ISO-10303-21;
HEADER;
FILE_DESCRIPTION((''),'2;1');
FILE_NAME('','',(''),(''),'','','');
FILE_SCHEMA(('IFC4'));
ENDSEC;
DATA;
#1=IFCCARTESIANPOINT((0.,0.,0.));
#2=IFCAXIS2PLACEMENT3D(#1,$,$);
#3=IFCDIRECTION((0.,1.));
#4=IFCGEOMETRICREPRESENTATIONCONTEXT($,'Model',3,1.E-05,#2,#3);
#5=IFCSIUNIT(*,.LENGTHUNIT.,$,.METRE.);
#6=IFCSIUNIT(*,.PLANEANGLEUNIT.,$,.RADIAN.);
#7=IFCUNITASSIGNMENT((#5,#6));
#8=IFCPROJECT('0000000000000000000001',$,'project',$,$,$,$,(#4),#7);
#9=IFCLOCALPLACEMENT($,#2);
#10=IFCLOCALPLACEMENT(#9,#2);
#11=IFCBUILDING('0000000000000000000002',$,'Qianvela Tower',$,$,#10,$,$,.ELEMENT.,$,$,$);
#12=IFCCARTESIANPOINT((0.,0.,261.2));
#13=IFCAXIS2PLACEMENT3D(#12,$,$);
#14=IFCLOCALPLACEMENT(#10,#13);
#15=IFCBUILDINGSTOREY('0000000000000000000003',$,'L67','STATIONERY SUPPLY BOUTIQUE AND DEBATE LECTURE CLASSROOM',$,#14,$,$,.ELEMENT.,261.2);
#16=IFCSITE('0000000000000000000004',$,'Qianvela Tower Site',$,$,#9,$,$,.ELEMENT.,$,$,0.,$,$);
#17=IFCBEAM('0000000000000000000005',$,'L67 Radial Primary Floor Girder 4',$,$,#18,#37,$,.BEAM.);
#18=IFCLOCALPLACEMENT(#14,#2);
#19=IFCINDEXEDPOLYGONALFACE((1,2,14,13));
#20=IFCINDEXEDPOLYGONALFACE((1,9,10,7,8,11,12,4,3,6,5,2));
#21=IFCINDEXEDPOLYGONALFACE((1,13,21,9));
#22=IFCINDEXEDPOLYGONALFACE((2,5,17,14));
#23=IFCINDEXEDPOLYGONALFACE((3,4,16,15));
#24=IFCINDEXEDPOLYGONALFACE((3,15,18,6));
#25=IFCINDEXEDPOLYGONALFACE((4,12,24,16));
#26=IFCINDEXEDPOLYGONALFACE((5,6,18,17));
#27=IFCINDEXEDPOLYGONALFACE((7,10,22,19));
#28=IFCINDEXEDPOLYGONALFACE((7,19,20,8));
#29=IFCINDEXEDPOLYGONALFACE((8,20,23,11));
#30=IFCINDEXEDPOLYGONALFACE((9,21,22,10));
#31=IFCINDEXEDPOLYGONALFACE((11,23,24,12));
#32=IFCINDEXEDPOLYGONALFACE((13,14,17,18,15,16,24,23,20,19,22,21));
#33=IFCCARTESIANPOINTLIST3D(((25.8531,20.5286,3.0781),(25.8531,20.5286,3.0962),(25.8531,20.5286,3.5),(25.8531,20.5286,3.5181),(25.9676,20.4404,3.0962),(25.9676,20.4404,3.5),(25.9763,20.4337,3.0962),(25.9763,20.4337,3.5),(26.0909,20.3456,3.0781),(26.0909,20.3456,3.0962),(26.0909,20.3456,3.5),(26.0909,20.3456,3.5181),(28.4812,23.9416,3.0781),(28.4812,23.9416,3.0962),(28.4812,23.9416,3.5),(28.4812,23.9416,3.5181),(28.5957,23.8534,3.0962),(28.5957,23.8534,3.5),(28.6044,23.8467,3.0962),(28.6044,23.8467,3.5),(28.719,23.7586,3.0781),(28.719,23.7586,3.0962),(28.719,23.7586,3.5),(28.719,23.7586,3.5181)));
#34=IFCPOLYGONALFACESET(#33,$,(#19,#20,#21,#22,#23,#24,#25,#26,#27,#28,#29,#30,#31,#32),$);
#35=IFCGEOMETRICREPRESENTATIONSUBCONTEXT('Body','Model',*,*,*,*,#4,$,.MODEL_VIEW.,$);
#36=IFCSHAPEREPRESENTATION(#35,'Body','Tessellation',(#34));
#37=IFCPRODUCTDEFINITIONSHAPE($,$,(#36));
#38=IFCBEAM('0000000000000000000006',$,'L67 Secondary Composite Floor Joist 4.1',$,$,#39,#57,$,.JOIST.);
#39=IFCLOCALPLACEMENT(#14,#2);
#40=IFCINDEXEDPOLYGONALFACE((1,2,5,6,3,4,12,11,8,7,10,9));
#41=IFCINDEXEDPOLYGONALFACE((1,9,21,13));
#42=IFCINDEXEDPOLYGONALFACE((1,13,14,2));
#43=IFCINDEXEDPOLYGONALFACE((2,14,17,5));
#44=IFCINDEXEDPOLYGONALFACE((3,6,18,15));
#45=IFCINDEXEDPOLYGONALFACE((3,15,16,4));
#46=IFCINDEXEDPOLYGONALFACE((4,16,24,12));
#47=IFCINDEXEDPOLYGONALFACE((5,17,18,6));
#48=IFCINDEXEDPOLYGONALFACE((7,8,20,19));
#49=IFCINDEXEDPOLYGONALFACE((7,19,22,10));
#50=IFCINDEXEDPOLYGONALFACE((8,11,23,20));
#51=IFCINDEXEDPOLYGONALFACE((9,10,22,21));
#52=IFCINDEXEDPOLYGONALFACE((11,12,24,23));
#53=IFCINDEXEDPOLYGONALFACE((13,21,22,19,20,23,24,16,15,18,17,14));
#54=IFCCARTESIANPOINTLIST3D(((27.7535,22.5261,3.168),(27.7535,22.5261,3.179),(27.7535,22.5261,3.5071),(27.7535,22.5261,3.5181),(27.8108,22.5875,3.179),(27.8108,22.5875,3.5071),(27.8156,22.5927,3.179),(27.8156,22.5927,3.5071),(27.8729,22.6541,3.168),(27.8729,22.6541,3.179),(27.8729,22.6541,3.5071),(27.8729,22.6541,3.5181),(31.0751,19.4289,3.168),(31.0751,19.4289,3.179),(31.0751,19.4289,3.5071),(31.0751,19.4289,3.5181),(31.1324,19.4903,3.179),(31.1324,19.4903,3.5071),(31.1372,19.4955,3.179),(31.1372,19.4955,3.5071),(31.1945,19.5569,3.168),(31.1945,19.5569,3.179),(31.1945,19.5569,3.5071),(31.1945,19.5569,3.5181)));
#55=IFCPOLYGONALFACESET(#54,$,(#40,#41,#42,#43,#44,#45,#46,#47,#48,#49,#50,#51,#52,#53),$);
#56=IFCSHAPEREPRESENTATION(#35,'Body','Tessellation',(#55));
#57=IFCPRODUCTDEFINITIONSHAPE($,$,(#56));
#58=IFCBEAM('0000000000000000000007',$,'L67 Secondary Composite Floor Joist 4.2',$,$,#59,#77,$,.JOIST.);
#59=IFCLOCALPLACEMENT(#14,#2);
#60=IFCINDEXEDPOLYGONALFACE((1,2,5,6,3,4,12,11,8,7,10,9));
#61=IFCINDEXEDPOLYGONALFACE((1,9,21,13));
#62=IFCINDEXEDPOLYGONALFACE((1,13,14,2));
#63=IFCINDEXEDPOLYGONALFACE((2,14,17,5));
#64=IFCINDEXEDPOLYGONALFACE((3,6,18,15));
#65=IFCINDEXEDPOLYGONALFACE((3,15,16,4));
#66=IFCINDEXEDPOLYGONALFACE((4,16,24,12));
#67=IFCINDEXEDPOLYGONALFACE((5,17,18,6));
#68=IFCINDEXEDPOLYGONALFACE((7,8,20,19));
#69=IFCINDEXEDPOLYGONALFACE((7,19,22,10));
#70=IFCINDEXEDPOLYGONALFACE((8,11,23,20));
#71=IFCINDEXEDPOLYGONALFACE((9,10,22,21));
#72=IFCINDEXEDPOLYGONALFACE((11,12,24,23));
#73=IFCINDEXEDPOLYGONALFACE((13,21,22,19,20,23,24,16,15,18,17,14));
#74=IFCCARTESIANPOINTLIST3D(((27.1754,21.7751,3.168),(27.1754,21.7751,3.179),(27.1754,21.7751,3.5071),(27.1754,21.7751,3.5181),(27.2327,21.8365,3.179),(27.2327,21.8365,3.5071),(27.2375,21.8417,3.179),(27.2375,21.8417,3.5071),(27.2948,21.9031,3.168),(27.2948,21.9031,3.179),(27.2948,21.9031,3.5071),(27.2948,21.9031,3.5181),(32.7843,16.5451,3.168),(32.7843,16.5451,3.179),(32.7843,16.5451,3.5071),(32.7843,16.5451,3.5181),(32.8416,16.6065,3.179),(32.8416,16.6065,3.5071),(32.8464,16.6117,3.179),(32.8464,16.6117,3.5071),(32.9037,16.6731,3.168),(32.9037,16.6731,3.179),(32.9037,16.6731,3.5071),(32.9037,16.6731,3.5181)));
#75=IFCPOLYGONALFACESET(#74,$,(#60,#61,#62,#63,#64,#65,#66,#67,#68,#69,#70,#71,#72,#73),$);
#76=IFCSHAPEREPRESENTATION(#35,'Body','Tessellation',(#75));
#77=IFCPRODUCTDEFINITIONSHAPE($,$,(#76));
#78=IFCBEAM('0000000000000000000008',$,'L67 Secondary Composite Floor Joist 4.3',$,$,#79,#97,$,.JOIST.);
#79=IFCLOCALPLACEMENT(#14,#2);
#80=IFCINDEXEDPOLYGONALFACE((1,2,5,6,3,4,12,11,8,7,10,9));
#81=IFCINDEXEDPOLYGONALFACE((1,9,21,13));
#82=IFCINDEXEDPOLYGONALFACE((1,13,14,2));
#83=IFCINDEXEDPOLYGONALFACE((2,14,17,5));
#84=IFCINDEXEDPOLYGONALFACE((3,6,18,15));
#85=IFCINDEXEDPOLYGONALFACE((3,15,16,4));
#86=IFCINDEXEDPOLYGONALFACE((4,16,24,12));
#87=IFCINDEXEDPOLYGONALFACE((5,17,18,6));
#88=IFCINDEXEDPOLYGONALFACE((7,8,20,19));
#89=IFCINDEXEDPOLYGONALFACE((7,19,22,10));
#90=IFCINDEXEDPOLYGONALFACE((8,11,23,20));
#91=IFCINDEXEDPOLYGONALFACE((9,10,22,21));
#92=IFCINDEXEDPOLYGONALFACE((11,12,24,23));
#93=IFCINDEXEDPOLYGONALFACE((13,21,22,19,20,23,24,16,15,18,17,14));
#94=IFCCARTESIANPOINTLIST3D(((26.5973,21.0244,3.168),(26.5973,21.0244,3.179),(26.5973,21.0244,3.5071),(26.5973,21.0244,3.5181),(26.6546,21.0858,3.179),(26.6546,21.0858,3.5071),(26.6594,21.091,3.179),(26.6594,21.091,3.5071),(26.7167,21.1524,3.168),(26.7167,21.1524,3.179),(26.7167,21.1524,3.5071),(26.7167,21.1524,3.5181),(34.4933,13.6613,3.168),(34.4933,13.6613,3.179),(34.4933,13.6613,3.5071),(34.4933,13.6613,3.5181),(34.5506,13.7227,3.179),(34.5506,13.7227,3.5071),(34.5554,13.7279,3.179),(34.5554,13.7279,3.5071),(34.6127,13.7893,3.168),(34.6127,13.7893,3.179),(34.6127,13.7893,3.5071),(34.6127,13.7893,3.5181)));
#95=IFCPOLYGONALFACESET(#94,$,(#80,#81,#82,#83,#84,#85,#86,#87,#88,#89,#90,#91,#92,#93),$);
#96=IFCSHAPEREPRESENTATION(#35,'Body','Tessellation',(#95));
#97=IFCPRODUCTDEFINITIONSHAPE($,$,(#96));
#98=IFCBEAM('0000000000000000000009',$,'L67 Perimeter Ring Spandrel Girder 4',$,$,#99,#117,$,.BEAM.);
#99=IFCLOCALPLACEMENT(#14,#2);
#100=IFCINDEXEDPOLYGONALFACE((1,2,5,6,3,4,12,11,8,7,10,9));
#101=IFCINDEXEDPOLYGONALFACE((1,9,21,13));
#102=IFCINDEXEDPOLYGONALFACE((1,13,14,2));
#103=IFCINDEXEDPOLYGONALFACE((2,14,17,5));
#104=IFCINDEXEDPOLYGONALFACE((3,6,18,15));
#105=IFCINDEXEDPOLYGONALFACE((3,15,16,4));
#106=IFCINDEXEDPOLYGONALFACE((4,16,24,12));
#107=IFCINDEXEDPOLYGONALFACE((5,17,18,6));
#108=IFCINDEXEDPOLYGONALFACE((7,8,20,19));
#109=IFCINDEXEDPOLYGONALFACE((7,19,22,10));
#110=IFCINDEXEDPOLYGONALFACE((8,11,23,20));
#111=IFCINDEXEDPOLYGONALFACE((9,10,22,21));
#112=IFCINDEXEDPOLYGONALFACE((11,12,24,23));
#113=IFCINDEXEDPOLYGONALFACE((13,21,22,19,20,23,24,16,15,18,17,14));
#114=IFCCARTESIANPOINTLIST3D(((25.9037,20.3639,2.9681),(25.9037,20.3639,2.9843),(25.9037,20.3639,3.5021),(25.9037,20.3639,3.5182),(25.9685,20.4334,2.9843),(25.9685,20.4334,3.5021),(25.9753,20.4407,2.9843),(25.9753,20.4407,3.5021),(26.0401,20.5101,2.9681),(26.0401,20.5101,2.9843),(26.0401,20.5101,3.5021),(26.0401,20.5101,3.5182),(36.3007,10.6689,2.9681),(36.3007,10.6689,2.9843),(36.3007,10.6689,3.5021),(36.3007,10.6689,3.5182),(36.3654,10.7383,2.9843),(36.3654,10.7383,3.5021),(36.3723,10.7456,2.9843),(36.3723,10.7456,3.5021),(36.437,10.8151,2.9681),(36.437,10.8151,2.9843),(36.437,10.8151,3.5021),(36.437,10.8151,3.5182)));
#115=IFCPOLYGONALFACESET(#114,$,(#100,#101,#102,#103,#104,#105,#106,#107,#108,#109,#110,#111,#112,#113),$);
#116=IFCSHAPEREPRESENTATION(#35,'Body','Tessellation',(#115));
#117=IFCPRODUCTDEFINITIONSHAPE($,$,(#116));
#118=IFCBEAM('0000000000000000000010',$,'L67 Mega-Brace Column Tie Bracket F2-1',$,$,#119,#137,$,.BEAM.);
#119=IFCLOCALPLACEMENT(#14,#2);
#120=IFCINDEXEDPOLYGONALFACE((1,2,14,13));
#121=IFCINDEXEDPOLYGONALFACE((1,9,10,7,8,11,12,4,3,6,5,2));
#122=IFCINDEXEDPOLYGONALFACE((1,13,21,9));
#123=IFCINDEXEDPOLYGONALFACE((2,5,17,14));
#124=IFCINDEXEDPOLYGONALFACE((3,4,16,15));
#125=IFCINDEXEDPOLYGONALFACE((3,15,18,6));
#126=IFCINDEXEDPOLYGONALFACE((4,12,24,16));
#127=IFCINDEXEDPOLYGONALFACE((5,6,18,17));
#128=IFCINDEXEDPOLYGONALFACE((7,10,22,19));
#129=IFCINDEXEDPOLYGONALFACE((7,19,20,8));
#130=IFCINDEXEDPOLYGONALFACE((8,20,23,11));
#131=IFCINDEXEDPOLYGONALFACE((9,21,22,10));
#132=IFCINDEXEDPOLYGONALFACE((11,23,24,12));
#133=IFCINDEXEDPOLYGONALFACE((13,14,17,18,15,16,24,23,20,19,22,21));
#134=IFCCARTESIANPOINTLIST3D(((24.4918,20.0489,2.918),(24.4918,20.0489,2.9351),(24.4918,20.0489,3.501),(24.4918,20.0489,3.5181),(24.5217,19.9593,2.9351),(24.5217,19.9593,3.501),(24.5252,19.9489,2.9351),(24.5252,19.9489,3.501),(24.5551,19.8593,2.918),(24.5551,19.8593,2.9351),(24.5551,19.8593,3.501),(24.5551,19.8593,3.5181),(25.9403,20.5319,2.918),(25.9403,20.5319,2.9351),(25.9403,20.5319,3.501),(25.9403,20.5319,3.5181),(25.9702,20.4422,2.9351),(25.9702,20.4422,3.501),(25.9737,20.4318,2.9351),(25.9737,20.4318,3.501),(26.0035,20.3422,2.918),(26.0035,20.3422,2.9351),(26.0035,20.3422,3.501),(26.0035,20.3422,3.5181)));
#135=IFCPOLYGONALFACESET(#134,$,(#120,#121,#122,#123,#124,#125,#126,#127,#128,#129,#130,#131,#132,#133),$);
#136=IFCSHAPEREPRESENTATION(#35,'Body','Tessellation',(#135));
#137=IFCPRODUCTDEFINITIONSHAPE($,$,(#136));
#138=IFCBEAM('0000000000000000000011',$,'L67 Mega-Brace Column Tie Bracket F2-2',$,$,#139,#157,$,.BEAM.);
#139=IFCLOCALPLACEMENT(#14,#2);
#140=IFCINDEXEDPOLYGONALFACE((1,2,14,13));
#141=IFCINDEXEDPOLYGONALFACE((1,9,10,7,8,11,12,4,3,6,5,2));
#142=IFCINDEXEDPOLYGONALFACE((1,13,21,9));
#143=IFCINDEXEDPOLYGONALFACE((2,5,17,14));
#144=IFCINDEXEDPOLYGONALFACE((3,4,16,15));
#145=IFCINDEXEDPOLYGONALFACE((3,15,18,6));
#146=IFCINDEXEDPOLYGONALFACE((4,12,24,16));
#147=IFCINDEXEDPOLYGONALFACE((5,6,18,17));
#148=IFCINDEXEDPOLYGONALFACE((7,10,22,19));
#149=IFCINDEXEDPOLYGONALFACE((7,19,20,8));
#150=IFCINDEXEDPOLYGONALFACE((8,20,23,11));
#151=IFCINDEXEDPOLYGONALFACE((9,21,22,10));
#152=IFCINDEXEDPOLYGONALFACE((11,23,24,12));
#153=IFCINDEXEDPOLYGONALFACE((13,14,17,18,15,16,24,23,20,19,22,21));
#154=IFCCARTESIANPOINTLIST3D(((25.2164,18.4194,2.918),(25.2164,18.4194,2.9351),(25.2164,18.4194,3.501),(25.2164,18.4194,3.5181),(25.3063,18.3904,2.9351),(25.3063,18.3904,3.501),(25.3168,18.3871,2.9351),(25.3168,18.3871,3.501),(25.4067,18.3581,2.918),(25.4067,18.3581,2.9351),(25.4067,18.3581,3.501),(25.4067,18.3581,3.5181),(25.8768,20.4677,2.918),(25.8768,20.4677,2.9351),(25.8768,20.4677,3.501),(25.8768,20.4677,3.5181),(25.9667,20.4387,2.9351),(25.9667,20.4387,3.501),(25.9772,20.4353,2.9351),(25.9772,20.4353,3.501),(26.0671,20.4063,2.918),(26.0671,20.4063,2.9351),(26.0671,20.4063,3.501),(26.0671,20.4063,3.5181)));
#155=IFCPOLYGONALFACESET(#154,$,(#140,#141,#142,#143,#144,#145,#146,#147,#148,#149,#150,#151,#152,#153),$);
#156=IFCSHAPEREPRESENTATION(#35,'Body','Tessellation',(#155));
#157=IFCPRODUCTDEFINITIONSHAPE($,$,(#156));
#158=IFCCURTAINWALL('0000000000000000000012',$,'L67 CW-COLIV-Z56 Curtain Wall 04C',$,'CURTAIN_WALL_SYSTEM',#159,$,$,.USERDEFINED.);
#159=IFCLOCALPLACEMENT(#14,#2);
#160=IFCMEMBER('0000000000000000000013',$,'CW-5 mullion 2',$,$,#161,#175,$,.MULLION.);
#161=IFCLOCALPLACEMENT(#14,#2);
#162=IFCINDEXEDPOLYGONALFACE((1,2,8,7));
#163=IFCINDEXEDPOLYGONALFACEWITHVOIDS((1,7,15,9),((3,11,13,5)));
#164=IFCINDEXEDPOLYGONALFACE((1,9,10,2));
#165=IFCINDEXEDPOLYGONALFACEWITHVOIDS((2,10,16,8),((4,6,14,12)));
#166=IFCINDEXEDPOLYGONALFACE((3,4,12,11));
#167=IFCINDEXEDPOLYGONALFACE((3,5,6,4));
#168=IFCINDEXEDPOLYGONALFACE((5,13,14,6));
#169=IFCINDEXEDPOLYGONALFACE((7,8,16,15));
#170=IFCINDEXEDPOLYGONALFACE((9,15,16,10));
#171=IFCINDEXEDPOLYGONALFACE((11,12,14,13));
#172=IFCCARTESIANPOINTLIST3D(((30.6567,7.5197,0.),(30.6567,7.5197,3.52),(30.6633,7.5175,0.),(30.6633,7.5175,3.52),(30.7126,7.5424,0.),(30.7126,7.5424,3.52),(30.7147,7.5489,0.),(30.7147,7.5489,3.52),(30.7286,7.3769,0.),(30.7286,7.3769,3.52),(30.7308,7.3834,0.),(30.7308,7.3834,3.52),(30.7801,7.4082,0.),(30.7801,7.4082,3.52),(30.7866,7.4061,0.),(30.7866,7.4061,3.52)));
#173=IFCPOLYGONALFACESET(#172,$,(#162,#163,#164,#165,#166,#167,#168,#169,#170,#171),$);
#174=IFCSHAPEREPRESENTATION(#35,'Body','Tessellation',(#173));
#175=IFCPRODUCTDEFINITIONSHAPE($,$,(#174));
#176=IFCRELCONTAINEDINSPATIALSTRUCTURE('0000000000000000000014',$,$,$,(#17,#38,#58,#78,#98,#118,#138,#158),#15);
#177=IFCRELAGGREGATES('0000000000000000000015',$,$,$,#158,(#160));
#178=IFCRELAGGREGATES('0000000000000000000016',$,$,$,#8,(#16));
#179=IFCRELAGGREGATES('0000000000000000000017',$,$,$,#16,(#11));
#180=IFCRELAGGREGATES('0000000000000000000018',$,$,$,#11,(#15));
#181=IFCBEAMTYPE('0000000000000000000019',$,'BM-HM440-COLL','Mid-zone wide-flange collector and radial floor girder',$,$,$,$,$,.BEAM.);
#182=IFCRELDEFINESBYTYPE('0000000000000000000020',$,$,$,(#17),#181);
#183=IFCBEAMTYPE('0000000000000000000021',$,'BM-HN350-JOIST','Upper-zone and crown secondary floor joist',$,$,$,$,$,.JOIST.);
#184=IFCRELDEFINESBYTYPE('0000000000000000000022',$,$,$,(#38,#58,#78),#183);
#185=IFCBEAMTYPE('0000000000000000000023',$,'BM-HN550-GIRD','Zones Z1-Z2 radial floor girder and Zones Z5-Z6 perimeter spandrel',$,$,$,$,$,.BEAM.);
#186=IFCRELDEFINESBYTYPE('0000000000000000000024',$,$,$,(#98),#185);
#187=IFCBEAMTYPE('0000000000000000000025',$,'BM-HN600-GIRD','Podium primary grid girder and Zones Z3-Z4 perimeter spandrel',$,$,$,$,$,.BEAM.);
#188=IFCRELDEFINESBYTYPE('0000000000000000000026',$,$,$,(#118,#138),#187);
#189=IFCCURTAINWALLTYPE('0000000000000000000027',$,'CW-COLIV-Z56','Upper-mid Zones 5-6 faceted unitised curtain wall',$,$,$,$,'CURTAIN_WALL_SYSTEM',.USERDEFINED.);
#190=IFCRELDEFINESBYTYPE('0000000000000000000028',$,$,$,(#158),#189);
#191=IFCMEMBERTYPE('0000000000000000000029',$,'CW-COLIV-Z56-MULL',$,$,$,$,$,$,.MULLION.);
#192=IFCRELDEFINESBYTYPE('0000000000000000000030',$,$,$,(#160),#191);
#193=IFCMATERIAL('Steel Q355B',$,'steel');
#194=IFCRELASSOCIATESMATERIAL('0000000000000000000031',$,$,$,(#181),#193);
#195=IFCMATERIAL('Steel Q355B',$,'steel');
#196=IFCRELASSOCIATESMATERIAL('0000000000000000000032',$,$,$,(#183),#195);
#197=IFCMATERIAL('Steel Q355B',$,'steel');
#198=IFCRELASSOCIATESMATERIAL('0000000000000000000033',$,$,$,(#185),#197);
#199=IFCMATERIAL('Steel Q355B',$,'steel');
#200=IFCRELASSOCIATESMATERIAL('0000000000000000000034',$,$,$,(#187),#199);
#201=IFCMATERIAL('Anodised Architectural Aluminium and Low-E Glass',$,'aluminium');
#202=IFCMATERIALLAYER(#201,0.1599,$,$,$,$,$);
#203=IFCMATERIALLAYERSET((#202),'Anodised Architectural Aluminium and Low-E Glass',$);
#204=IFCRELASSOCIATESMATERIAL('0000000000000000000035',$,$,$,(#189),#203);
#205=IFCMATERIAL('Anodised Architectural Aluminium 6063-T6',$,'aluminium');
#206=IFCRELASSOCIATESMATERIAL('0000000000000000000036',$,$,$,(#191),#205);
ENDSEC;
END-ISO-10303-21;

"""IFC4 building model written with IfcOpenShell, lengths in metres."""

from ifc_helpers import new_model, si_unit, direction, frame, origin, origin_2d, place, context, subcontext, project, spatial, hollow_rectangle, i_section, extrude, material, layer, layer_set, material_profile, profile_set, type_object, element, aggregate, save


model = new_model("IFC4")

# Units and contexts
model_context = context("Model", 3, precision=1e-05, world=origin(), true_north=direction((0.0, 1.0)))
body_context = subcontext(model_context, "Body", "Model", "MODEL_VIEW")
ifc_project = project(units=[si_unit("LENGTHUNIT", "METRE"), si_unit("PLANEANGLEUNIT", "RADIAN")], contexts=[model_context])

# Site, building, storey
site_placement = place(None, origin())
site = spatial("IfcSite", under=ifc_project, at=site_placement, Name="Qianvela Tower Site", CompositionType="ELEMENT", RefElevation=0.0)
building_placement = place(site_placement, origin())
building = spatial("IfcBuilding", under=site, at=building_placement, Name="Qianvela Tower", CompositionType="ELEMENT")
storey_placement = place(building_placement, frame((0.0, 0.0, 261.2)))
storey = spatial("IfcBuildingStorey", under=building, at=storey_placement, Name="L67", Description="STATIONERY SUPPLY BOUTIQUE AND DEBATE LECTURE CLASSROOM", CompositionType="ELEMENT", Elevation=261.2)

# Beams
ifc_material_1 = material(Name="Steel Q355B", Category="steel")
ifc_material_profile_1 = material_profile(ifc_material_1, i_section(OverallWidth=0.3, OverallDepth=0.4399, WebThickness=0.011, FlangeThickness=0.0181, at=origin_2d()), Name="HM440x300x11x18")
ifc_profile_set_1 = profile_set([ifc_material_profile_1], Name="Steel Q355B")
beam_type_1 = type_object("IfcBeamType", Name="BM-HM440-COLL", Description="Mid-zone wide-flange collector and radial floor girder", PredefinedType="BEAM", material=ifc_profile_set_1)
beam_1_placement = place(storey_placement, frame((28.6001, 23.8501, 3.2981), z_axis=(-0.610108, -0.792318, 0.0), x_axis=(0.792318, -0.610108, 0.0)))
element("IfcBeam", 1, at=beam_1_placement, inside=storey, type_object=beam_type_1, Name="L67 Radial Primary Floor Girder 4", PredefinedType="BEAM", context=body_context, shape_type="SweptSolid", body=[
    extrude(i_section(OverallWidth=0.3, OverallDepth=0.4399, WebThickness=0.011, FlangeThickness=0.0181, at=origin_2d()), origin(), (0.0, 0.0, 1.0), 4.3076),
])
ifc_material_2 = material(Name="Steel Q355B", Category="steel")
ifc_material_profile_2 = material_profile(ifc_material_2, i_section(OverallWidth=0.175, OverallDepth=0.3501, WebThickness=0.0071, FlangeThickness=0.011, at=origin_2d()), Name="HN350x175x7x11")
ifc_profile_set_2 = profile_set([ifc_material_profile_2], Name="Steel Q355B")
beam_type_2 = type_object("IfcBeamType", Name="BM-HN350-JOIST", Description="Upper-zone and crown secondary floor joist", PredefinedType="JOIST", material=ifc_profile_set_2)
beam_2_placement = place(storey_placement, frame((27.8132, 22.5901, 3.343), z_axis=(0.731377, -0.681973, 0.0), x_axis=(0.681973, 0.731377, 0.0)))
element("IfcBeam", 2, at=beam_2_placement, inside=storey, type_object=beam_type_2, Name="L67 Secondary Composite Floor Joist 4.1", PredefinedType="JOIST", context=body_context, shape_type="SweptSolid", body=[
    extrude(i_section(OverallWidth=0.175, OverallDepth=0.3501, WebThickness=0.0071, FlangeThickness=0.011, at=origin_2d()), origin(), (0.0, 0.0, 1.0), 4.5415),
])
beam_3_placement = place(storey_placement, frame((27.2351, 21.8391, 3.343), z_axis=(0.731379, -0.681971, 0.0), x_axis=(0.681971, 0.731379, 0.0)))
element("IfcBeam", 3, at=beam_3_placement, inside=storey, type_object=beam_type_2, Name="L67 Secondary Composite Floor Joist 4.2", PredefinedType="JOIST", context=body_context, shape_type="SweptSolid", body=[
    extrude(i_section(OverallWidth=0.175, OverallDepth=0.3501, WebThickness=0.0071, FlangeThickness=0.011, at=origin_2d()), origin(), (0.0, 0.0, 1.0), 7.6689),
])
beam_4_placement = place(storey_placement, frame((26.657, 21.0884, 3.343), z_axis=(0.731358, -0.681993, 0.0), x_axis=(0.681993, 0.731358, 0.0)))
element("IfcBeam", 4, at=beam_4_placement, inside=storey, type_object=beam_type_2, Name="L67 Secondary Composite Floor Joist 4.3", PredefinedType="JOIST", context=body_context, shape_type="SweptSolid", body=[
    extrude(i_section(OverallWidth=0.175, OverallDepth=0.3501, WebThickness=0.0071, FlangeThickness=0.011, at=origin_2d()), origin(), (0.0, 0.0, 1.0), 10.7964),
])
ifc_material_3 = material(Name="Steel Q355B", Category="steel")
ifc_material_profile_3 = material_profile(ifc_material_3, i_section(OverallWidth=0.2, OverallDepth=0.55, WebThickness=0.01, FlangeThickness=0.0161, at=origin_2d()), Name="HN550x200x10x16")
ifc_profile_set_3 = profile_set([ifc_material_profile_3], Name="Steel Q355B")
beam_type_3 = type_object("IfcBeamType", Name="BM-HN550-GIRD", Description="Zones Z1-Z2 radial floor girder and Zones Z5-Z6 perimeter spandrel", PredefinedType="BEAM", material=ifc_profile_set_3)
beam_5_placement = place(storey_placement, frame((25.9719, 20.437, 3.2432), z_axis=(0.731363, -0.681988, 0.0), x_axis=(0.681988, 0.731363, 0.0)))
element("IfcBeam", 5, at=beam_5_placement, inside=storey, type_object=beam_type_3, Name="L67 Perimeter Ring Spandrel Girder 4", PredefinedType="BEAM", context=body_context, shape_type="SweptSolid", body=[
    extrude(i_section(OverallWidth=0.2, OverallDepth=0.55, WebThickness=0.01, FlangeThickness=0.0161, at=origin_2d()), origin(), (0.0, 0.0, 1.0), 14.2158),
])
ifc_material_4 = material(Name="Steel Q355B", Category="steel")
ifc_material_profile_4 = material_profile(ifc_material_4, i_section(OverallWidth=0.2, OverallDepth=0.6001, WebThickness=0.011, FlangeThickness=0.0171, at=origin_2d()), Name="HN600x200x11x17")
ifc_profile_set_4 = profile_set([ifc_material_profile_4], Name="Steel Q355B")
beam_type_4 = type_object("IfcBeamType", Name="BM-HN600-GIRD", Description="Podium primary grid girder and Zones Z3-Z4 perimeter spandrel", PredefinedType="BEAM", material=ifc_profile_set_4)
beam_6_placement = place(storey_placement, frame((25.9719, 20.437, 3.218), z_axis=(-0.948667, -0.316276, 0.0), x_axis=(0.316276, -0.948667, 0.0)))
element("IfcBeam", 6, at=beam_6_placement, inside=storey, type_object=beam_type_4, Name="L67 Mega-Brace Column Tie Bracket F2-1", PredefinedType="BEAM", context=body_context, shape_type="SweptSolid", body=[
    extrude(i_section(OverallWidth=0.2, OverallDepth=0.6001, WebThickness=0.011, FlangeThickness=0.0171, at=origin_2d()), origin(), (0.0, 0.0, 1.0), 1.5269),
])
beam_7_placement = place(storey_placement, frame((25.9719, 20.437, 3.218), z_axis=(-0.306854, -0.951757, 0.0), x_axis=(0.951757, -0.306854, 0.0)))
element("IfcBeam", 7, at=beam_7_placement, inside=storey, type_object=beam_type_4, Name="L67 Mega-Brace Column Tie Bracket F2-2", PredefinedType="BEAM", context=body_context, shape_type="SweptSolid", body=[
    extrude(i_section(OverallWidth=0.2, OverallDepth=0.6001, WebThickness=0.011, FlangeThickness=0.0171, at=origin_2d()), origin(), (0.0, 0.0, 1.0), 2.1521),
])

# Curtain wall, member
ifc_material_5 = material(Name="Anodised Architectural Aluminium and Low-E Glass", Category="aluminium")
ifc_layer_1 = layer(ifc_material_5, 0.1599)
ifc_layer_set_1 = layer_set([ifc_layer_1], Name="Anodised Architectural Aluminium and Low-E Glass")
curtain_wall_type = type_object("IfcCurtainWallType", Name="CW-COLIV-Z56", Description="Upper-mid Zones 5-6 faceted unitised curtain wall", ElementType="CURTAIN_WALL_SYSTEM", PredefinedType="USERDEFINED", material=ifc_layer_set_1)
curtain_wall_placement = place(storey_placement, origin())
curtain_wall = element("IfcCurtainWall", 8, at=curtain_wall_placement, inside=storey, type_object=curtain_wall_type, Name="L67 CW-COLIV-Z56 Curtain Wall 04C", ObjectType="CURTAIN_WALL_SYSTEM", PredefinedType="USERDEFINED")
ifc_material_6 = material(Name="Anodised Architectural Aluminium 6063-T6", Category="aluminium")
ifc_material_profile_5 = material_profile(ifc_material_6, hollow_rectangle(XDim=0.0649, YDim=0.1599, WallThickness=0.0049, at=origin_2d()), Name="ALU-MULL-65x160")
ifc_profile_set_5 = profile_set([ifc_material_profile_5], Name="Anodised Architectural Aluminium 6063-T6")
member_type_1 = type_object("IfcMemberType", Name="CW-COLIV-Z56-MULL", PredefinedType="MULLION", material=ifc_profile_set_5)
member_1_placement = place(storey_placement, frame((30.7217, 7.4629, 0.0), z_axis=(0.0, 0.0, 1.0), x_axis=(0.893215, 0.449629, 0.0)))
member_1 = element("IfcMember", 9, at=member_1_placement, type_object=member_type_1, Name="CW-5 mullion 2", PredefinedType="MULLION", context=body_context, shape_type="SweptSolid", body=[
    extrude(hollow_rectangle(XDim=0.0649, YDim=0.1599, WallThickness=0.0049, at=origin_2d()), origin(), (0.0, 0.0, 1.0), 3.52),
])
aggregate(curtain_wall, [member_1])

save(model, "model.ifc")
